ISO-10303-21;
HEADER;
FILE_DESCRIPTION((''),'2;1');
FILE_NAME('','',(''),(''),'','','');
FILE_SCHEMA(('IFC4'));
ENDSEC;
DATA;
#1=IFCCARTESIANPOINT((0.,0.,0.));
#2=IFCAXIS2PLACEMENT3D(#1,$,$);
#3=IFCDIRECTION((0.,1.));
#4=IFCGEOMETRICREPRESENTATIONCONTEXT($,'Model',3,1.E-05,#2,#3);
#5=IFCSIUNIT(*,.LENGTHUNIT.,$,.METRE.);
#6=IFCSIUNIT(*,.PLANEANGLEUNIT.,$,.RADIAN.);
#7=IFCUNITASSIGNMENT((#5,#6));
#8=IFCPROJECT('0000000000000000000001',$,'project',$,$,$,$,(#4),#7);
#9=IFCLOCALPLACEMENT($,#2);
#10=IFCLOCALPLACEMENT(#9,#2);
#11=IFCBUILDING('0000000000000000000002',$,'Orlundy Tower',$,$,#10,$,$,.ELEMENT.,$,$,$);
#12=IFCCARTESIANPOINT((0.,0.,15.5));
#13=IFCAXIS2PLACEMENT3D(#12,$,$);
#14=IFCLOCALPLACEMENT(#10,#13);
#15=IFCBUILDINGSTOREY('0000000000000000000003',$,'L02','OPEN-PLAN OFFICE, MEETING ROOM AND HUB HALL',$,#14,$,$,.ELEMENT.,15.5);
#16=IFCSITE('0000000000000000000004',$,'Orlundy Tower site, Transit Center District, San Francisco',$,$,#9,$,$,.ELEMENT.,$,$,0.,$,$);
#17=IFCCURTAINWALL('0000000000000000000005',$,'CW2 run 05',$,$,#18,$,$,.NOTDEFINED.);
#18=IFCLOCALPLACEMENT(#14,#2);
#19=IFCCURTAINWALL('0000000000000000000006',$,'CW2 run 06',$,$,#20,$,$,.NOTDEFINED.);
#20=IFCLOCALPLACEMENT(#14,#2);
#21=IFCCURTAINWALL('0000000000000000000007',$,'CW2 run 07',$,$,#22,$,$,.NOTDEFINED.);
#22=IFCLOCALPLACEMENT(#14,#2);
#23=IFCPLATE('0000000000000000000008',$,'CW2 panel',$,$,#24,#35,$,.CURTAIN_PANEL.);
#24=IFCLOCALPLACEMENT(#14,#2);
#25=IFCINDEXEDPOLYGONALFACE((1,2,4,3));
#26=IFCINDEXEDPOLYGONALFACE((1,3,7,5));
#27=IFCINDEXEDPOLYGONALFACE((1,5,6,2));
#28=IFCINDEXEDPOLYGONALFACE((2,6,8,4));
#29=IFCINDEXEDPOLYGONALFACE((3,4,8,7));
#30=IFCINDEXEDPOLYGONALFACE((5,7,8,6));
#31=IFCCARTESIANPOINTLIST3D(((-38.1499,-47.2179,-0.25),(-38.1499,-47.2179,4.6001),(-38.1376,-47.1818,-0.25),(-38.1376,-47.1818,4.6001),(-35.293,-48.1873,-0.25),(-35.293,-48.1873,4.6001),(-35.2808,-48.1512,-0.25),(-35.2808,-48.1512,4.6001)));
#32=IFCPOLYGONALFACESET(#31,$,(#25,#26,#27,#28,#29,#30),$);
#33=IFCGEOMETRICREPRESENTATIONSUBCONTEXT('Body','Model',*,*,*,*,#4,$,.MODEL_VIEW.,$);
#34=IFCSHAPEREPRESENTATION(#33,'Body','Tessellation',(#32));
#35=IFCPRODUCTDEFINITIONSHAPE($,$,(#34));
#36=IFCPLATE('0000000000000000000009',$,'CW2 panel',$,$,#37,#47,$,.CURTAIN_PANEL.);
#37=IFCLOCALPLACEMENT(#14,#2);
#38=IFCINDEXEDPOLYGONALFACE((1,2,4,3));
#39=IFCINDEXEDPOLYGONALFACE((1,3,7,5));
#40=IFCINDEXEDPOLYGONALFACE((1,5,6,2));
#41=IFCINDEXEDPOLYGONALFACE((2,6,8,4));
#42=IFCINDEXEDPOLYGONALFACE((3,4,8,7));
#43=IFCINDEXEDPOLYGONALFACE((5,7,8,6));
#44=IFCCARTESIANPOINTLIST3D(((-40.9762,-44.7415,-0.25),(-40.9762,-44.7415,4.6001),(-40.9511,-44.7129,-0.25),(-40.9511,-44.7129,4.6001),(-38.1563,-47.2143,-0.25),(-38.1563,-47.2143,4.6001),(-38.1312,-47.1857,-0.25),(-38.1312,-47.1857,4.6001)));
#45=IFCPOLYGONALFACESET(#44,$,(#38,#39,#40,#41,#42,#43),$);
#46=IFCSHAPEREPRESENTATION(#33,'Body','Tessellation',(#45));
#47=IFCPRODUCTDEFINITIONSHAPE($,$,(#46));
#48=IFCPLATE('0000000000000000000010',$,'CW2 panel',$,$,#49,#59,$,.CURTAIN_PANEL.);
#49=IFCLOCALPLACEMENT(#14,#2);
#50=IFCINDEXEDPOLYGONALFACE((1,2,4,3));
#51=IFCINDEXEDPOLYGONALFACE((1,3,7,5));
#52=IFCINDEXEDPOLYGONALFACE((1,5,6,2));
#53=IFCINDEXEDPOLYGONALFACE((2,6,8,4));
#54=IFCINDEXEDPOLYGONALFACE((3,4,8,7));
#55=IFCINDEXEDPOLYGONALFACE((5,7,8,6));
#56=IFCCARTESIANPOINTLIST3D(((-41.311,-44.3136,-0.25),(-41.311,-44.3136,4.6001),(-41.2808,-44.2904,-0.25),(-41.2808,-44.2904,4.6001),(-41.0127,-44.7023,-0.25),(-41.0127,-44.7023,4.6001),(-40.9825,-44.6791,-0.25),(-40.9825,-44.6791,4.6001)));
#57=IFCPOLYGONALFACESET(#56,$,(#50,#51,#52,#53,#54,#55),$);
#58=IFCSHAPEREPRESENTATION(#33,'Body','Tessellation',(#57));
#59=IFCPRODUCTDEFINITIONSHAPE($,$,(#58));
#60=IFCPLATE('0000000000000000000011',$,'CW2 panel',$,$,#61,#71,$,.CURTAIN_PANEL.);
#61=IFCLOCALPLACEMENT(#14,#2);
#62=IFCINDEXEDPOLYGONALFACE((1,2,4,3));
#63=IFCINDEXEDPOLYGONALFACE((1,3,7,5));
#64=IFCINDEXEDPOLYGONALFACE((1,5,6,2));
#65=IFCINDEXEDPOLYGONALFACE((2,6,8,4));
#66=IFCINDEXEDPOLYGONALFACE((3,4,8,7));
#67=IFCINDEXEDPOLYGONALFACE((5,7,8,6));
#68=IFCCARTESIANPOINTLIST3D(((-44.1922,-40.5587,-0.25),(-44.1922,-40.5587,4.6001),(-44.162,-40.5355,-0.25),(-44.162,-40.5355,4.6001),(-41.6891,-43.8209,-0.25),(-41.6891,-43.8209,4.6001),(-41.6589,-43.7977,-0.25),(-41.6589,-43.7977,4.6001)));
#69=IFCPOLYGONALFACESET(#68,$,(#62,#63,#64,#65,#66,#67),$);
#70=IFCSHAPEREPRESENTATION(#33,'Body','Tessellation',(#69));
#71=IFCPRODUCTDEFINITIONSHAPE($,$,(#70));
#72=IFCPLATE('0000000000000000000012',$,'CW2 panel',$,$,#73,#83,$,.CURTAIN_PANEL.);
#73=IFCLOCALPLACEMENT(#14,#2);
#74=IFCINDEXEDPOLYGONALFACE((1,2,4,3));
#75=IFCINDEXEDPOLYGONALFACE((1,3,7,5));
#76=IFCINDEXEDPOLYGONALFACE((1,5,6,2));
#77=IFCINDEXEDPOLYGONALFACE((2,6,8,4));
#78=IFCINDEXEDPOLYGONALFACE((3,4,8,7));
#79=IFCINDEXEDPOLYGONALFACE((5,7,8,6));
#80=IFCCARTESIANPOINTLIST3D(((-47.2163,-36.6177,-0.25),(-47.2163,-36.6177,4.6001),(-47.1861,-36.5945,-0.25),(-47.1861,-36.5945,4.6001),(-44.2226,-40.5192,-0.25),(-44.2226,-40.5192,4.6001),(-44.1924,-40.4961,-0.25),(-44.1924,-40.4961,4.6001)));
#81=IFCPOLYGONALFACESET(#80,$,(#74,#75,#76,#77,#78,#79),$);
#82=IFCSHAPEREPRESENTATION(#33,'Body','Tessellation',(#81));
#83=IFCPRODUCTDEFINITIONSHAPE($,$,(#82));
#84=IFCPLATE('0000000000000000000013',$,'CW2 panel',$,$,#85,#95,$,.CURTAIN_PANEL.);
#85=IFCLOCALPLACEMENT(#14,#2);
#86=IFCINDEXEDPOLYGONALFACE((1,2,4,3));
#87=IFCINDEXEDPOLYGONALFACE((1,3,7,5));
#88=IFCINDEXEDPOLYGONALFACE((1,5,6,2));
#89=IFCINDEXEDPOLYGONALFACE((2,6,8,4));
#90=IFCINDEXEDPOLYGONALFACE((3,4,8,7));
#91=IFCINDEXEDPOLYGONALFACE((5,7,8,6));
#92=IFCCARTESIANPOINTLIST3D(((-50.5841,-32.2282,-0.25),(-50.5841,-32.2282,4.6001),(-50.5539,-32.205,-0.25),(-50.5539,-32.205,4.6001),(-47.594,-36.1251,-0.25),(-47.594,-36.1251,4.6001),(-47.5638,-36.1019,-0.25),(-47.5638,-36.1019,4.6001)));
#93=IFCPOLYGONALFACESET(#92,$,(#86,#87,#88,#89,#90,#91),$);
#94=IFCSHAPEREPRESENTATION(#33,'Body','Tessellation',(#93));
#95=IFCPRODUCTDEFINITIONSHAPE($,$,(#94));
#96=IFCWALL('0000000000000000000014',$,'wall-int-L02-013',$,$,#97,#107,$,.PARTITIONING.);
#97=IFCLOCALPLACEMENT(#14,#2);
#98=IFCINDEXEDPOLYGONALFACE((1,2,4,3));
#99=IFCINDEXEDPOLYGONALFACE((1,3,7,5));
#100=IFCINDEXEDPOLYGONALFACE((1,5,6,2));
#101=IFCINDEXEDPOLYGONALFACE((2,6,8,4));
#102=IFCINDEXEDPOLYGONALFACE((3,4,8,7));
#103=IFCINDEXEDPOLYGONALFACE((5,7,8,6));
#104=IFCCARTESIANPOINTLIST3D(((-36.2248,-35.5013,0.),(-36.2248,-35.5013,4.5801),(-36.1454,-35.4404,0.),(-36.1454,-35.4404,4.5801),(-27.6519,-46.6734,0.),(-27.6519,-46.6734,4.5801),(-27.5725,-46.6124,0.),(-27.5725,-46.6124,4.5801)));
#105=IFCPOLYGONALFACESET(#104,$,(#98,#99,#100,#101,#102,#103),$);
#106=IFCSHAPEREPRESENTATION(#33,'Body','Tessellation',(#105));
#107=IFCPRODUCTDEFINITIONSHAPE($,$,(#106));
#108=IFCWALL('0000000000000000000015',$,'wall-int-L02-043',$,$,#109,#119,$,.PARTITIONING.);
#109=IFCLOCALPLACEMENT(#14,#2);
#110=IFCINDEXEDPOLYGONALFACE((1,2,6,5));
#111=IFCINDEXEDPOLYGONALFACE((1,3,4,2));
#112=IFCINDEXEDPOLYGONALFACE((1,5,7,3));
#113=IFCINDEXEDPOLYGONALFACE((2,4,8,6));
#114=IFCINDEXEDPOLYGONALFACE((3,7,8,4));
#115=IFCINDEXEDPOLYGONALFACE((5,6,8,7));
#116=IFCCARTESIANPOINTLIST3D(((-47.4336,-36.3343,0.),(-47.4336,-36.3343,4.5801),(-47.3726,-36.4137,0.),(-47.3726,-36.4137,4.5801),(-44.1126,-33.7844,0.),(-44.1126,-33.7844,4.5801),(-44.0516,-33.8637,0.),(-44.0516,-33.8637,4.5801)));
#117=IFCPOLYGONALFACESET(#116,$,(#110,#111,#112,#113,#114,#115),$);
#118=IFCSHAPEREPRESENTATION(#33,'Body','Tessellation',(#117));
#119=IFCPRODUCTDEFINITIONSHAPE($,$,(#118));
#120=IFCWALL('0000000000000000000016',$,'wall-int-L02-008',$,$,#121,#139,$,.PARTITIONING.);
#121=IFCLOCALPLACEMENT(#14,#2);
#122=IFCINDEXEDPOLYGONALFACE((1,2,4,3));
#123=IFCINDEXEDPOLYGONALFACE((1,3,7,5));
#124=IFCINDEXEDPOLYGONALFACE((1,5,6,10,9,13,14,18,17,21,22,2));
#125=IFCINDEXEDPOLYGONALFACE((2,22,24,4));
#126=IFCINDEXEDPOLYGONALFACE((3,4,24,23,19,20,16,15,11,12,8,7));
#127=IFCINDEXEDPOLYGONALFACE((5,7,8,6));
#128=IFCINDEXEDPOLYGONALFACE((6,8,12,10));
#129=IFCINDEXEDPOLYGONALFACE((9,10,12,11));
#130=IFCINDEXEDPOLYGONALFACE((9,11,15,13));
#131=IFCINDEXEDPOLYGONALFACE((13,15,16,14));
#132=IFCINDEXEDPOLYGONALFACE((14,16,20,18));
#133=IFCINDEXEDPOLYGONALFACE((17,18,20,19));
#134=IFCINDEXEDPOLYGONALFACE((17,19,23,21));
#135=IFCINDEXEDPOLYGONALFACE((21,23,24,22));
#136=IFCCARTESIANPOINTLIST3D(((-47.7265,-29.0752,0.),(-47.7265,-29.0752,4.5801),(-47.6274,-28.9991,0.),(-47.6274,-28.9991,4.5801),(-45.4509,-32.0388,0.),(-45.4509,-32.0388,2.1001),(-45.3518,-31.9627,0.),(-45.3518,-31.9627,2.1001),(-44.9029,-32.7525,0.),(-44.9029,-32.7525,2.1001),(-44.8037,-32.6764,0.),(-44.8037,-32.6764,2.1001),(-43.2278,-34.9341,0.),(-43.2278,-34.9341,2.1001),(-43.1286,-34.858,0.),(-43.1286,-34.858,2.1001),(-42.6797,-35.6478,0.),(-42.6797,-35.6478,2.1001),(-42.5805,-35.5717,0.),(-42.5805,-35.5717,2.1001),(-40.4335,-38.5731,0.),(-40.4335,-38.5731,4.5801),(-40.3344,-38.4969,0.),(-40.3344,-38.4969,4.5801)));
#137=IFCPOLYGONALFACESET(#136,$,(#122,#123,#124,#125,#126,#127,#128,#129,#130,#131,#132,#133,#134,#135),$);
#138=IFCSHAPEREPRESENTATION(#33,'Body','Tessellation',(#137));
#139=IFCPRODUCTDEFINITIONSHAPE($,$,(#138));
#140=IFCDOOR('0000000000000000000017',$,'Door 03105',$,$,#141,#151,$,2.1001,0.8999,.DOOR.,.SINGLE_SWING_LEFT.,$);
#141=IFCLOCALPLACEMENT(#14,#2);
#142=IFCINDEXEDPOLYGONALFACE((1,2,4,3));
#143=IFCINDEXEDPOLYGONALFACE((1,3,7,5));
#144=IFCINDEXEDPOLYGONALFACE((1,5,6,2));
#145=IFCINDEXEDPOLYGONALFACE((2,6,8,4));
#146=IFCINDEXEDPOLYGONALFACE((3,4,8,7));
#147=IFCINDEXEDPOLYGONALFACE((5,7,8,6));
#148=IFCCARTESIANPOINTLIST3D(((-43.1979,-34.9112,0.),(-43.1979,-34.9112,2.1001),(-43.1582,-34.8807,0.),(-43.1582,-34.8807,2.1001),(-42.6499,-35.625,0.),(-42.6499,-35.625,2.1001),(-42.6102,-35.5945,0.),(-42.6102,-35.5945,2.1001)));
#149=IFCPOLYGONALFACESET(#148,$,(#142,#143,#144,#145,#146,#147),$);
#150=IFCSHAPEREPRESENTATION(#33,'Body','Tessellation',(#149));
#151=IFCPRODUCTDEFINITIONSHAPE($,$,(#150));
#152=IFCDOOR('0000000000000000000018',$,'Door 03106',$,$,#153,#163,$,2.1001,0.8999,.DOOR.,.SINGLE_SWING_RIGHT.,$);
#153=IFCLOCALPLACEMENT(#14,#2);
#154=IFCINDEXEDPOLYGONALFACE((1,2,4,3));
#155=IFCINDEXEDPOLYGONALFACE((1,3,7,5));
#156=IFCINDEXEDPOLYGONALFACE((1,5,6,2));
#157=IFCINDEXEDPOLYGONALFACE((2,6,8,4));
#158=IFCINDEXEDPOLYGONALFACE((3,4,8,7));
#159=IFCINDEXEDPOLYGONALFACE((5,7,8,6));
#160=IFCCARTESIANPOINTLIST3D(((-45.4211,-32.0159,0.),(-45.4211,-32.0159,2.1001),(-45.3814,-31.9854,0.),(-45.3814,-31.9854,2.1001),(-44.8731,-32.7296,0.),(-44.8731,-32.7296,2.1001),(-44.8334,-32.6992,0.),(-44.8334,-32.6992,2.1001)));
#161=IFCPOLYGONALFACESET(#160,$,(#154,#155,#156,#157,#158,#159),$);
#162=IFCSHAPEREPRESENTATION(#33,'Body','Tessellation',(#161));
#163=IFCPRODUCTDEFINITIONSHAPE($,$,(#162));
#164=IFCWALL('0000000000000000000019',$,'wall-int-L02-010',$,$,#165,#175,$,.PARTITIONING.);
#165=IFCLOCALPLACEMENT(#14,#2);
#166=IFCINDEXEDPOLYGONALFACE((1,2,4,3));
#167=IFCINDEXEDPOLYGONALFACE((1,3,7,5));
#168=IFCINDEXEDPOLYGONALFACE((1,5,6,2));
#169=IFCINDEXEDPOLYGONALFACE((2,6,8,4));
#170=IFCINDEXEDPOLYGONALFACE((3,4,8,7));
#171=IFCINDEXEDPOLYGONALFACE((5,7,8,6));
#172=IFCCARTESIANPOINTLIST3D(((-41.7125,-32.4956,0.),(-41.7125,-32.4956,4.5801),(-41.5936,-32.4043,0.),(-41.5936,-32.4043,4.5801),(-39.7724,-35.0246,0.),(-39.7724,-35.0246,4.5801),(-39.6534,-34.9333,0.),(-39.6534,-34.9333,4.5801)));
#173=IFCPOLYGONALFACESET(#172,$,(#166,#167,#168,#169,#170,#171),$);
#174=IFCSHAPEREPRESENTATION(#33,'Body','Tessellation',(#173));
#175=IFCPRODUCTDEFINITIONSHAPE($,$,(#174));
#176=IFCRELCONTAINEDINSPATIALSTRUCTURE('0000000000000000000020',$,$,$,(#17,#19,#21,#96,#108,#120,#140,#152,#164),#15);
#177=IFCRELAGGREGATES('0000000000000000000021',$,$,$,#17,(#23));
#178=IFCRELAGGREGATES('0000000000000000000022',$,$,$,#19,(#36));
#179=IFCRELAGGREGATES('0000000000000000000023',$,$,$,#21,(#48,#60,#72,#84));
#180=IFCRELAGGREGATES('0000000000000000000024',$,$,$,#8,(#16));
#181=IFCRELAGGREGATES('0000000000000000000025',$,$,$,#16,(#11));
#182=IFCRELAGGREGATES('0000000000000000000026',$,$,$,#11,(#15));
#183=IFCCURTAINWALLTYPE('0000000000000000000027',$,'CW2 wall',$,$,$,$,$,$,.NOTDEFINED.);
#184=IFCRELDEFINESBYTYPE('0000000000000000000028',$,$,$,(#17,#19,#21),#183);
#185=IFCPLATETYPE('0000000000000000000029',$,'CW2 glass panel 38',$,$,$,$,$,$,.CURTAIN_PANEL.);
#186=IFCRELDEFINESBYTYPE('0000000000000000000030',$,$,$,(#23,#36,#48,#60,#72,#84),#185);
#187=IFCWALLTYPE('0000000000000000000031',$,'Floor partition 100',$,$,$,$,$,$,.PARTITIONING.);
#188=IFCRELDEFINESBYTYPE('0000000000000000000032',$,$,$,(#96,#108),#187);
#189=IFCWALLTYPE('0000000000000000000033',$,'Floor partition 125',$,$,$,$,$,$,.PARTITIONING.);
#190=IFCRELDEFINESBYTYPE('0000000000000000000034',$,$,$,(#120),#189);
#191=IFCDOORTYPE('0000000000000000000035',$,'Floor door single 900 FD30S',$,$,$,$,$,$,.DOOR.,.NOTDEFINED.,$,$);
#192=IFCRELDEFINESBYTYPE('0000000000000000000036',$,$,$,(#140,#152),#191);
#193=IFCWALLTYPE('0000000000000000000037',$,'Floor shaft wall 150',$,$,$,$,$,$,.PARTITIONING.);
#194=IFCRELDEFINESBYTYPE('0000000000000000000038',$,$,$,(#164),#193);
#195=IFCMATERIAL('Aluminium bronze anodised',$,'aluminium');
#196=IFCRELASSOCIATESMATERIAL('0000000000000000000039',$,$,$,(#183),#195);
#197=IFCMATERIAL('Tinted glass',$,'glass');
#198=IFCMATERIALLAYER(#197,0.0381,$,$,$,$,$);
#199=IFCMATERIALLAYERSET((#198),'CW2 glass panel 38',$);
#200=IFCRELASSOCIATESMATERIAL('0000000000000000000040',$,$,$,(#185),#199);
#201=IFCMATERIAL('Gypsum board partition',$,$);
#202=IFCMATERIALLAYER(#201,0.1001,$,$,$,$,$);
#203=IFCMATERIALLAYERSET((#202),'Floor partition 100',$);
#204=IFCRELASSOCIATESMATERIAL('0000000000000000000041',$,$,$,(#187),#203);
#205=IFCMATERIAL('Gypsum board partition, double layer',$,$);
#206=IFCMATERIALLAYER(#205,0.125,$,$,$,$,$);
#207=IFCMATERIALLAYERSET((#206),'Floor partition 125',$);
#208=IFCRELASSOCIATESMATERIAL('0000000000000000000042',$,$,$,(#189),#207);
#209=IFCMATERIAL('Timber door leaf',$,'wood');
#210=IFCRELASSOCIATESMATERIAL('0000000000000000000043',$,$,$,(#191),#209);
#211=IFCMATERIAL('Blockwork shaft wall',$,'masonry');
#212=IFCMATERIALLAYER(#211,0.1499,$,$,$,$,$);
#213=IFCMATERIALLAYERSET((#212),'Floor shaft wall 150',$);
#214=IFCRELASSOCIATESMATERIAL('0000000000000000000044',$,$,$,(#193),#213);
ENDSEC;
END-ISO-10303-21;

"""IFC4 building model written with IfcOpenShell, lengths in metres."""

from ifc_helpers import new_model, si_unit, direction, frame, frame_2d, origin, origin_2d, place, context, subcontext, project, spatial, rectangle, extrude, material, layer, layer_set, type_object, element, fill, aggregate, save


model = new_model("IFC4")

# Units and contexts
model_context = context("Model", 3, precision=1e-05, world=origin(), true_north=direction((0.0, 1.0)))
body_context = subcontext(model_context, "Body", "Model", "MODEL_VIEW")
ifc_project = project(units=[si_unit("LENGTHUNIT", "METRE"), si_unit("PLANEANGLEUNIT", "RADIAN")], contexts=[model_context])

# Site, building, storey
site_placement = place(None, origin())
site = spatial("IfcSite", under=ifc_project, at=site_placement, Name="Orlundy Tower site, Transit Center District, San Francisco", CompositionType="ELEMENT", RefElevation=0.0)
building_placement = place(site_placement, origin())
building = spatial("IfcBuilding", under=site, at=building_placement, Name="Orlundy Tower", CompositionType="ELEMENT")
storey_placement = place(building_placement, frame((0.0, 0.0, 15.5)))
storey = spatial("IfcBuildingStorey", under=building, at=storey_placement, Name="L02", Description="OPEN-PLAN OFFICE, MEETING ROOM AND HUB HALL", CompositionType="ELEMENT", Elevation=15.5)

# Curtain walls
ifc_material_1 = material(Name="Aluminium bronze anodised", Category="aluminium")
curtain_wall_type = type_object("IfcCurtainWallType", Name="CW2 wall", PredefinedType="NOTDEFINED", material=ifc_material_1)
curtain_wall_1_placement = place(storey_placement, origin())
curtain_wall_1 = element("IfcCurtainWall", 1, at=curtain_wall_1_placement, inside=storey, type_object=curtain_wall_type, Name="CW2 run 05", PredefinedType="NOTDEFINED")
curtain_wall_2_placement = place(storey_placement, origin())
curtain_wall_2 = element("IfcCurtainWall", 2, at=curtain_wall_2_placement, inside=storey, type_object=curtain_wall_type, Name="CW2 run 06", PredefinedType="NOTDEFINED")

# Curtain wall
curtain_wall_3_placement = place(storey_placement, origin())
curtain_wall_3 = element("IfcCurtainWall", 3, at=curtain_wall_3_placement, inside=storey, type_object=curtain_wall_type, Name="CW2 run 07", PredefinedType="NOTDEFINED")

# Plates
ifc_material_2 = material(Name="Tinted glass", Category="glass")
ifc_layer_1 = layer(ifc_material_2, 0.0381)
ifc_layer_set_1 = layer_set([ifc_layer_1], Name="CW2 glass panel 38")
plate_type = type_object("IfcPlateType", Name="CW2 glass panel 38", PredefinedType="CURTAIN_PANEL", material=ifc_layer_set_1)
plate_1_placement = place(storey_placement, frame((-36.7153, -47.6846, -0.25), z_axis=(0.0, 0.0, 1.0), x_axis=(-0.94697, 0.321322, 0.0)))
plate_1 = element("IfcPlate", 4, at=plate_1_placement, type_object=plate_type, Name="CW2 panel", PredefinedType="CURTAIN_PANEL", context=body_context, shape_type="SweptSolid", body=[
    extrude(rectangle(XDim=3.0168, YDim=0.0381, at=origin_2d()), origin(), (0.0, 0.0, 1.0), 4.8501),
])
aggregate(curtain_wall_1, [plate_1])
plate_2_placement = place(storey_placement, frame((-39.5537, -45.9636, -0.25), z_axis=(0.0, 0.0, 1.0), x_axis=(-0.751858, 0.659325, 0.0)))
plate_2 = element("IfcPlate", 5, at=plate_2_placement, type_object=plate_type, Name="CW2 panel", PredefinedType="CURTAIN_PANEL", context=body_context, shape_type="SweptSolid", body=[
    extrude(rectangle(XDim=3.7505, YDim=0.0381, at=origin_2d()), origin(), (0.0, 0.0, 1.0), 4.8501),
])
aggregate(curtain_wall_2, [plate_2])
plate_3_placement = place(storey_placement, frame((-41.1467, -44.4963, -0.25), z_axis=(0.0, 0.0, 1.0), x_axis=(-0.608748, 0.793363, 0.0)))
plate_3 = element("IfcPlate", 6, at=plate_3_placement, type_object=plate_type, Name="CW2 panel", PredefinedType="CURTAIN_PANEL", context=body_context, shape_type="SweptSolid", body=[
    extrude(rectangle(XDim=0.49, YDim=0.0381, at=origin_2d()), origin(), (0.0, 0.0, 1.0), 4.8501),
])
plate_4_placement = place(storey_placement, frame((-42.9255, -42.1782, -0.25), z_axis=(0.0, 0.0, 1.0), x_axis=(-0.608748, 0.793363, 0.0)))
plate_4 = element("IfcPlate", 7, at=plate_4_placement, type_object=plate_type, Name="CW2 panel", PredefinedType="CURTAIN_PANEL", context=body_context, shape_type="SweptSolid", body=[
    extrude(rectangle(XDim=4.1118, YDim=0.0381, at=origin_2d()), origin(), (0.0, 0.0, 1.0), 4.8501),
])
plate_5_placement = place(storey_placement, frame((-45.7043, -38.5569, -0.25), z_axis=(0.0, 0.0, 1.0), x_axis=(-0.608748, 0.793363, 0.0)))
plate_5 = element("IfcPlate", 8, at=plate_5_placement, type_object=plate_type, Name="CW2 panel", PredefinedType="CURTAIN_PANEL", context=body_context, shape_type="SweptSolid", body=[
    extrude(rectangle(XDim=4.9177, YDim=0.0381, at=origin_2d()), origin(), (0.0, 0.0, 1.0), 4.8501),
])
plate_6_placement = place(storey_placement, frame((-49.074, -34.165, -0.25), z_axis=(0.0, 0.0, 1.0), x_axis=(-0.608748, 0.793363, 0.0)))
plate_6 = element("IfcPlate", 9, at=plate_6_placement, type_object=plate_type, Name="CW2 panel", PredefinedType="CURTAIN_PANEL", context=body_context, shape_type="SweptSolid", body=[
    extrude(rectangle(XDim=4.9119, YDim=0.0381, at=origin_2d()), origin(), (0.0, 0.0, 1.0), 4.8501),
])
aggregate(curtain_wall_3, [plate_3, plate_4, plate_5, plate_6])

# Walls
ifc_material_3 = material(Name="Gypsum board partition")
ifc_layer_2 = layer(ifc_material_3, 0.1001)
ifc_layer_set_2 = layer_set([ifc_layer_2], Name="Floor partition 100")
wall_type_1 = type_object("IfcWallType", Name="Floor partition 100", PredefinedType="PARTITIONING", material=ifc_layer_set_2)
wall_1_placement = place(storey_placement, frame((-36.1851, -35.4709, 0.0), z_axis=(0.0, 0.0, 1.0), x_axis=(0.608776, -0.793342, 0.0)))
element("IfcWall", 10, at=wall_1_placement, inside=storey, type_object=wall_type_1, Name="wall-int-L02-013", PredefinedType="PARTITIONING", context=body_context, shape_type="SweptSolid", body=[
    extrude(rectangle(XDim=14.0823, YDim=0.1001, at=frame_2d((7.041, 0.0))), origin(), (0.0, 0.0, 1.0), 4.5801),
])
wall_2_placement = place(storey_placement, frame((-47.4031, -36.374, 0.0), z_axis=(0.0, 0.0, 1.0), x_axis=(0.793155, 0.60902, 0.0)))
element("IfcWall", 11, at=wall_2_placement, inside=storey, type_object=wall_type_1, Name="wall-int-L02-043", PredefinedType="PARTITIONING", context=body_context, shape_type="SweptSolid", body=[
    extrude(rectangle(XDim=4.187, YDim=0.1001, at=frame_2d((2.0935, 0.0))), origin(), (0.0, 0.0, 1.0), 4.5801),
])

# Wall, openings, doors
ifc_material_4 = material(Name="Gypsum board partition, double layer")
ifc_layer_3 = layer(ifc_material_4, 0.125)
ifc_layer_set_3 = layer_set([ifc_layer_3], Name="Floor partition 125")
wall_type_2 = type_object("IfcWallType", Name="Floor partition 125", PredefinedType="PARTITIONING", material=ifc_layer_set_3)
wall_3_placement = place(storey_placement, frame((-40.384, -38.5349, 0.0), z_axis=(0.0, 0.0, 1.0), x_axis=(-0.609027, 0.79315, 0.0)))
wall_3 = element("IfcWall", 12, at=wall_3_placement, inside=storey, type_object=wall_type_2, Name="wall-int-L02-008", PredefinedType="PARTITIONING", context=body_context, shape_type="SweptSolid", body=[
    extrude(rectangle(XDim=11.9749, YDim=0.125, at=frame_2d((5.9873, 0.0))), origin(), (0.0, 0.0, 1.0), 4.5801),
])
opening_1_placement = place(wall_3_placement, frame((3.688, 0.0, 0.0)))
opening_1 = element("IfcOpeningElement", 13, at=opening_1_placement, cuts=wall_3, PredefinedType="OPENING", context=body_context, shape_type="SweptSolid", body=[
    extrude(rectangle(XDim=0.8999, YDim=2.1001, at=frame_2d((0.45, 1.05))), frame((0.0, 0.0725, 0.0), z_axis=(0.0, -1.0, 0.0), x_axis=(1.0, 0.0, 0.0)), (0.0, 0.0, 1.0), 0.145),
])
opening_2_placement = place(wall_3_placement, frame((7.3384, 0.0, 0.0)))
opening_2 = element("IfcOpeningElement", 14, at=opening_2_placement, cuts=wall_3, PredefinedType="OPENING", context=body_context, shape_type="SweptSolid", body=[
    extrude(rectangle(XDim=0.8999, YDim=2.1001, at=frame_2d((0.45, 1.05))), frame((0.0, 0.0725, 0.0), z_axis=(0.0, -1.0, 0.0), x_axis=(1.0, 0.0, 0.0)), (0.0, 0.0, 1.0), 0.145),
])
ifc_material_5 = material(Name="Timber door leaf", Category="wood")
door_type_1 = type_object("IfcDoorType", Name="Floor door single 900 FD30S", OperationType="NOTDEFINED", PredefinedType="DOOR", material=ifc_material_5)
door_1_placement = place(opening_1_placement, origin())
door_1 = element("IfcDoor", 15, at=door_1_placement, inside=storey, type_object=door_type_1, Name="Door 03105", OperationType="SINGLE_SWING_LEFT", OverallHeight=2.1001, OverallWidth=0.8999, PredefinedType="DOOR", context=body_context, shape_type="SweptSolid", body=[
    extrude(rectangle(XDim=0.8999, YDim=2.1001, at=frame_2d((0.45, 1.05))), frame((0.0, 0.0249, 0.0), z_axis=(0.0, -1.0, 0.0), x_axis=(1.0, 0.0, 0.0)), (0.0, 0.0, 1.0), 0.05),
])
fill(opening_1, door_1)
door_2_placement = place(opening_2_placement, origin())
door_2 = element("IfcDoor", 16, at=door_2_placement, inside=storey, type_object=door_type_1, Name="Door 03106", OperationType="SINGLE_SWING_RIGHT", OverallHeight=2.1001, OverallWidth=0.8999, PredefinedType="DOOR", context=body_context, shape_type="SweptSolid", body=[
    extrude(rectangle(XDim=0.8999, YDim=2.1001, at=frame_2d((0.45, 1.05))), frame((0.0, 0.0249, 0.0), z_axis=(0.0, -1.0, 0.0), x_axis=(1.0, 0.0, 0.0)), (0.0, 0.0, 1.0), 0.05),
])
fill(opening_2, door_2)

# Wall
ifc_material_6 = material(Name="Blockwork shaft wall", Category="masonry")
ifc_layer_4 = layer(ifc_material_6, 0.1499)
ifc_layer_set_4 = layer_set([ifc_layer_4], Name="Floor shaft wall 150")
wall_type_3 = type_object("IfcWallType", Name="Floor shaft wall 150", PredefinedType="PARTITIONING", material=ifc_layer_set_4)
wall_4_placement = place(storey_placement, frame((-41.6531, -32.45, 0.0), z_axis=(0.0, 0.0, 1.0), x_axis=(0.608678, -0.793418, 0.0)))
element("IfcWall", 17, at=wall_4_placement, inside=storey, type_object=wall_type_3, Name="wall-int-L02-010", PredefinedType="PARTITIONING", context=body_context, shape_type="SweptSolid", body=[
    extrude(rectangle(XDim=3.1875, YDim=0.1499, at=frame_2d((1.5938, 0.0))), origin(), (0.0, 0.0, 1.0), 4.5801),
])

save(model, "model.ifc")
